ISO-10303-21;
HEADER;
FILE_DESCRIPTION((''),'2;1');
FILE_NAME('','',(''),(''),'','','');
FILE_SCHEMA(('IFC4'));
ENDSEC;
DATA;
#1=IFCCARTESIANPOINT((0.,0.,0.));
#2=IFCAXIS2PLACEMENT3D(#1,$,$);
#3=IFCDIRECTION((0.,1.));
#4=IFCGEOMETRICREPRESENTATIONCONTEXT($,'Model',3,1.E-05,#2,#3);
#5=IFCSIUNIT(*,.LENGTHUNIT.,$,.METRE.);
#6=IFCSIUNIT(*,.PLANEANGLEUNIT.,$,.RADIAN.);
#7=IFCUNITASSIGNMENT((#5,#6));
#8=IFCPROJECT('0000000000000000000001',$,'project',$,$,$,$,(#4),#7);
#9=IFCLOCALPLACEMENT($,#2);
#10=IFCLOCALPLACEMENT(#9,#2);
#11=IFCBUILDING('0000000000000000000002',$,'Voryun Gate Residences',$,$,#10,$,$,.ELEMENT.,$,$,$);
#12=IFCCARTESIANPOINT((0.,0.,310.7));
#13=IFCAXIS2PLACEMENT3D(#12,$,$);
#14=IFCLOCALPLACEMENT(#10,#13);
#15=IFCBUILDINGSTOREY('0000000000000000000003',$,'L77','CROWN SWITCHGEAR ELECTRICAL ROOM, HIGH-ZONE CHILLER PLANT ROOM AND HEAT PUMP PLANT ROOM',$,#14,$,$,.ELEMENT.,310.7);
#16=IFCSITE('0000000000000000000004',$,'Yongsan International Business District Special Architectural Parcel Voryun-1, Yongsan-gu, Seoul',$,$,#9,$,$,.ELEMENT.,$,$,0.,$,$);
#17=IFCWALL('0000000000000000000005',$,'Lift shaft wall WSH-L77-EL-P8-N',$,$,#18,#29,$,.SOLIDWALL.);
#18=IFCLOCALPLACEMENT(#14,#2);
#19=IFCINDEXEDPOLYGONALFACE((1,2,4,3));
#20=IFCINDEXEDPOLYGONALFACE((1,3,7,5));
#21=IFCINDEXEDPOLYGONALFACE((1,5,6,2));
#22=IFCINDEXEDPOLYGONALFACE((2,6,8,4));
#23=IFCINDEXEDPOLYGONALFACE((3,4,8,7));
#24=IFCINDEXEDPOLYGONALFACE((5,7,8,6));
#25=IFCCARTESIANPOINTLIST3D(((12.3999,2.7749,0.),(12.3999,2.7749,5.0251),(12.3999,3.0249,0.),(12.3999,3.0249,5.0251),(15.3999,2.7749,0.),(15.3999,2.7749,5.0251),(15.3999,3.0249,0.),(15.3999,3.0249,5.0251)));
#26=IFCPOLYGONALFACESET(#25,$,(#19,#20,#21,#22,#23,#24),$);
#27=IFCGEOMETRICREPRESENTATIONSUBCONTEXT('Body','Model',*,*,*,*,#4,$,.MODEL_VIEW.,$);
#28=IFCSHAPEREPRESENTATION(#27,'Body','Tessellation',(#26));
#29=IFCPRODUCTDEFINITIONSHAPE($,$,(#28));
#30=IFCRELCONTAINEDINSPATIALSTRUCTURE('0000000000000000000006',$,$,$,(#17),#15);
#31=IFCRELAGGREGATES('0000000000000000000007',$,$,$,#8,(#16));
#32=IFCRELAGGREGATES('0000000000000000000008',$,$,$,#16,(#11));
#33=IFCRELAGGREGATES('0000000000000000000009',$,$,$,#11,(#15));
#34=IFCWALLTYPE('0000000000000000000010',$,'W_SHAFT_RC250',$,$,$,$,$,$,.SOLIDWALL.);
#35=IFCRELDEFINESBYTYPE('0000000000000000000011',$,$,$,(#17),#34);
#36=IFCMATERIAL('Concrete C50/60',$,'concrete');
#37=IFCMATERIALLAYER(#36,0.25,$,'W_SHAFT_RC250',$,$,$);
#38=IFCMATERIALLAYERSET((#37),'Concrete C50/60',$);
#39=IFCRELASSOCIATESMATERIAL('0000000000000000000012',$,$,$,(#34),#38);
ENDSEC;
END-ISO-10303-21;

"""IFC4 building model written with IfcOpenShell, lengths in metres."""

from ifc_helpers import new_model, si_unit, direction, frame, frame_2d, origin, place, context, subcontext, project, spatial, rectangle, extrude, material, layer, layer_set, type_object, element, save


model = new_model("IFC4")

# Units and contexts
model_context = context("Model", 3, precision=1e-05, world=origin(), true_north=direction((0.0, 1.0)))
body_context = subcontext(model_context, "Body", "Model", "MODEL_VIEW")
ifc_project = project(units=[si_unit("LENGTHUNIT", "METRE"), si_unit("PLANEANGLEUNIT", "RADIAN")], contexts=[model_context])

# Site, building, storey
site_placement = place(None, origin())
site = spatial("IfcSite", under=ifc_project, at=site_placement, Name="Yongsan International Business District Special Architectural Parcel Voryun-1, Yongsan-gu, Seoul", CompositionType="ELEMENT", RefElevation=0.0)
building_placement = place(site_placement, origin())
building = spatial("IfcBuilding", under=site, at=building_placement, Name="Voryun Gate Residences", CompositionType="ELEMENT")
storey_placement = place(building_placement, frame((0.0, 0.0, 310.7)))
storey = spatial("IfcBuildingStorey", under=building, at=storey_placement, Name="L77", Description="CROWN SWITCHGEAR ELECTRICAL ROOM, HIGH-ZONE CHILLER PLANT ROOM AND HEAT PUMP PLANT ROOM", CompositionType="ELEMENT", Elevation=310.7)

# Wall
ifc_material_1 = material(Name="Concrete C50/60", Category="concrete")
ifc_layer_1 = layer(ifc_material_1, 0.25, Name="W_SHAFT_RC250")
ifc_layer_set_1 = layer_set([ifc_layer_1], Name="Concrete C50/60")
wall_type_1 = type_object("IfcWallType", Name="W_SHAFT_RC250", PredefinedType="SOLIDWALL", material=ifc_layer_set_1)
wall_1_placement = place(storey_placement, frame((15.3999, 2.8999, 0.0), z_axis=(0.0, 0.0, 1.0), x_axis=(-1.0, 0.0, 0.0)))
element("IfcWall", 1, at=wall_1_placement, inside=storey, type_object=wall_type_1, Name="Lift shaft wall WSH-L77-EL-P8-N", PredefinedType="SOLIDWALL", context=body_context, shape_type="SweptSolid", body=[
    extrude(rectangle(XDim=3.0, YDim=0.25, at=frame_2d((1.5, 0.0))), origin(), (0.0, 0.0, 1.0), 5.0251),
])

save(model, "model.ifc")
